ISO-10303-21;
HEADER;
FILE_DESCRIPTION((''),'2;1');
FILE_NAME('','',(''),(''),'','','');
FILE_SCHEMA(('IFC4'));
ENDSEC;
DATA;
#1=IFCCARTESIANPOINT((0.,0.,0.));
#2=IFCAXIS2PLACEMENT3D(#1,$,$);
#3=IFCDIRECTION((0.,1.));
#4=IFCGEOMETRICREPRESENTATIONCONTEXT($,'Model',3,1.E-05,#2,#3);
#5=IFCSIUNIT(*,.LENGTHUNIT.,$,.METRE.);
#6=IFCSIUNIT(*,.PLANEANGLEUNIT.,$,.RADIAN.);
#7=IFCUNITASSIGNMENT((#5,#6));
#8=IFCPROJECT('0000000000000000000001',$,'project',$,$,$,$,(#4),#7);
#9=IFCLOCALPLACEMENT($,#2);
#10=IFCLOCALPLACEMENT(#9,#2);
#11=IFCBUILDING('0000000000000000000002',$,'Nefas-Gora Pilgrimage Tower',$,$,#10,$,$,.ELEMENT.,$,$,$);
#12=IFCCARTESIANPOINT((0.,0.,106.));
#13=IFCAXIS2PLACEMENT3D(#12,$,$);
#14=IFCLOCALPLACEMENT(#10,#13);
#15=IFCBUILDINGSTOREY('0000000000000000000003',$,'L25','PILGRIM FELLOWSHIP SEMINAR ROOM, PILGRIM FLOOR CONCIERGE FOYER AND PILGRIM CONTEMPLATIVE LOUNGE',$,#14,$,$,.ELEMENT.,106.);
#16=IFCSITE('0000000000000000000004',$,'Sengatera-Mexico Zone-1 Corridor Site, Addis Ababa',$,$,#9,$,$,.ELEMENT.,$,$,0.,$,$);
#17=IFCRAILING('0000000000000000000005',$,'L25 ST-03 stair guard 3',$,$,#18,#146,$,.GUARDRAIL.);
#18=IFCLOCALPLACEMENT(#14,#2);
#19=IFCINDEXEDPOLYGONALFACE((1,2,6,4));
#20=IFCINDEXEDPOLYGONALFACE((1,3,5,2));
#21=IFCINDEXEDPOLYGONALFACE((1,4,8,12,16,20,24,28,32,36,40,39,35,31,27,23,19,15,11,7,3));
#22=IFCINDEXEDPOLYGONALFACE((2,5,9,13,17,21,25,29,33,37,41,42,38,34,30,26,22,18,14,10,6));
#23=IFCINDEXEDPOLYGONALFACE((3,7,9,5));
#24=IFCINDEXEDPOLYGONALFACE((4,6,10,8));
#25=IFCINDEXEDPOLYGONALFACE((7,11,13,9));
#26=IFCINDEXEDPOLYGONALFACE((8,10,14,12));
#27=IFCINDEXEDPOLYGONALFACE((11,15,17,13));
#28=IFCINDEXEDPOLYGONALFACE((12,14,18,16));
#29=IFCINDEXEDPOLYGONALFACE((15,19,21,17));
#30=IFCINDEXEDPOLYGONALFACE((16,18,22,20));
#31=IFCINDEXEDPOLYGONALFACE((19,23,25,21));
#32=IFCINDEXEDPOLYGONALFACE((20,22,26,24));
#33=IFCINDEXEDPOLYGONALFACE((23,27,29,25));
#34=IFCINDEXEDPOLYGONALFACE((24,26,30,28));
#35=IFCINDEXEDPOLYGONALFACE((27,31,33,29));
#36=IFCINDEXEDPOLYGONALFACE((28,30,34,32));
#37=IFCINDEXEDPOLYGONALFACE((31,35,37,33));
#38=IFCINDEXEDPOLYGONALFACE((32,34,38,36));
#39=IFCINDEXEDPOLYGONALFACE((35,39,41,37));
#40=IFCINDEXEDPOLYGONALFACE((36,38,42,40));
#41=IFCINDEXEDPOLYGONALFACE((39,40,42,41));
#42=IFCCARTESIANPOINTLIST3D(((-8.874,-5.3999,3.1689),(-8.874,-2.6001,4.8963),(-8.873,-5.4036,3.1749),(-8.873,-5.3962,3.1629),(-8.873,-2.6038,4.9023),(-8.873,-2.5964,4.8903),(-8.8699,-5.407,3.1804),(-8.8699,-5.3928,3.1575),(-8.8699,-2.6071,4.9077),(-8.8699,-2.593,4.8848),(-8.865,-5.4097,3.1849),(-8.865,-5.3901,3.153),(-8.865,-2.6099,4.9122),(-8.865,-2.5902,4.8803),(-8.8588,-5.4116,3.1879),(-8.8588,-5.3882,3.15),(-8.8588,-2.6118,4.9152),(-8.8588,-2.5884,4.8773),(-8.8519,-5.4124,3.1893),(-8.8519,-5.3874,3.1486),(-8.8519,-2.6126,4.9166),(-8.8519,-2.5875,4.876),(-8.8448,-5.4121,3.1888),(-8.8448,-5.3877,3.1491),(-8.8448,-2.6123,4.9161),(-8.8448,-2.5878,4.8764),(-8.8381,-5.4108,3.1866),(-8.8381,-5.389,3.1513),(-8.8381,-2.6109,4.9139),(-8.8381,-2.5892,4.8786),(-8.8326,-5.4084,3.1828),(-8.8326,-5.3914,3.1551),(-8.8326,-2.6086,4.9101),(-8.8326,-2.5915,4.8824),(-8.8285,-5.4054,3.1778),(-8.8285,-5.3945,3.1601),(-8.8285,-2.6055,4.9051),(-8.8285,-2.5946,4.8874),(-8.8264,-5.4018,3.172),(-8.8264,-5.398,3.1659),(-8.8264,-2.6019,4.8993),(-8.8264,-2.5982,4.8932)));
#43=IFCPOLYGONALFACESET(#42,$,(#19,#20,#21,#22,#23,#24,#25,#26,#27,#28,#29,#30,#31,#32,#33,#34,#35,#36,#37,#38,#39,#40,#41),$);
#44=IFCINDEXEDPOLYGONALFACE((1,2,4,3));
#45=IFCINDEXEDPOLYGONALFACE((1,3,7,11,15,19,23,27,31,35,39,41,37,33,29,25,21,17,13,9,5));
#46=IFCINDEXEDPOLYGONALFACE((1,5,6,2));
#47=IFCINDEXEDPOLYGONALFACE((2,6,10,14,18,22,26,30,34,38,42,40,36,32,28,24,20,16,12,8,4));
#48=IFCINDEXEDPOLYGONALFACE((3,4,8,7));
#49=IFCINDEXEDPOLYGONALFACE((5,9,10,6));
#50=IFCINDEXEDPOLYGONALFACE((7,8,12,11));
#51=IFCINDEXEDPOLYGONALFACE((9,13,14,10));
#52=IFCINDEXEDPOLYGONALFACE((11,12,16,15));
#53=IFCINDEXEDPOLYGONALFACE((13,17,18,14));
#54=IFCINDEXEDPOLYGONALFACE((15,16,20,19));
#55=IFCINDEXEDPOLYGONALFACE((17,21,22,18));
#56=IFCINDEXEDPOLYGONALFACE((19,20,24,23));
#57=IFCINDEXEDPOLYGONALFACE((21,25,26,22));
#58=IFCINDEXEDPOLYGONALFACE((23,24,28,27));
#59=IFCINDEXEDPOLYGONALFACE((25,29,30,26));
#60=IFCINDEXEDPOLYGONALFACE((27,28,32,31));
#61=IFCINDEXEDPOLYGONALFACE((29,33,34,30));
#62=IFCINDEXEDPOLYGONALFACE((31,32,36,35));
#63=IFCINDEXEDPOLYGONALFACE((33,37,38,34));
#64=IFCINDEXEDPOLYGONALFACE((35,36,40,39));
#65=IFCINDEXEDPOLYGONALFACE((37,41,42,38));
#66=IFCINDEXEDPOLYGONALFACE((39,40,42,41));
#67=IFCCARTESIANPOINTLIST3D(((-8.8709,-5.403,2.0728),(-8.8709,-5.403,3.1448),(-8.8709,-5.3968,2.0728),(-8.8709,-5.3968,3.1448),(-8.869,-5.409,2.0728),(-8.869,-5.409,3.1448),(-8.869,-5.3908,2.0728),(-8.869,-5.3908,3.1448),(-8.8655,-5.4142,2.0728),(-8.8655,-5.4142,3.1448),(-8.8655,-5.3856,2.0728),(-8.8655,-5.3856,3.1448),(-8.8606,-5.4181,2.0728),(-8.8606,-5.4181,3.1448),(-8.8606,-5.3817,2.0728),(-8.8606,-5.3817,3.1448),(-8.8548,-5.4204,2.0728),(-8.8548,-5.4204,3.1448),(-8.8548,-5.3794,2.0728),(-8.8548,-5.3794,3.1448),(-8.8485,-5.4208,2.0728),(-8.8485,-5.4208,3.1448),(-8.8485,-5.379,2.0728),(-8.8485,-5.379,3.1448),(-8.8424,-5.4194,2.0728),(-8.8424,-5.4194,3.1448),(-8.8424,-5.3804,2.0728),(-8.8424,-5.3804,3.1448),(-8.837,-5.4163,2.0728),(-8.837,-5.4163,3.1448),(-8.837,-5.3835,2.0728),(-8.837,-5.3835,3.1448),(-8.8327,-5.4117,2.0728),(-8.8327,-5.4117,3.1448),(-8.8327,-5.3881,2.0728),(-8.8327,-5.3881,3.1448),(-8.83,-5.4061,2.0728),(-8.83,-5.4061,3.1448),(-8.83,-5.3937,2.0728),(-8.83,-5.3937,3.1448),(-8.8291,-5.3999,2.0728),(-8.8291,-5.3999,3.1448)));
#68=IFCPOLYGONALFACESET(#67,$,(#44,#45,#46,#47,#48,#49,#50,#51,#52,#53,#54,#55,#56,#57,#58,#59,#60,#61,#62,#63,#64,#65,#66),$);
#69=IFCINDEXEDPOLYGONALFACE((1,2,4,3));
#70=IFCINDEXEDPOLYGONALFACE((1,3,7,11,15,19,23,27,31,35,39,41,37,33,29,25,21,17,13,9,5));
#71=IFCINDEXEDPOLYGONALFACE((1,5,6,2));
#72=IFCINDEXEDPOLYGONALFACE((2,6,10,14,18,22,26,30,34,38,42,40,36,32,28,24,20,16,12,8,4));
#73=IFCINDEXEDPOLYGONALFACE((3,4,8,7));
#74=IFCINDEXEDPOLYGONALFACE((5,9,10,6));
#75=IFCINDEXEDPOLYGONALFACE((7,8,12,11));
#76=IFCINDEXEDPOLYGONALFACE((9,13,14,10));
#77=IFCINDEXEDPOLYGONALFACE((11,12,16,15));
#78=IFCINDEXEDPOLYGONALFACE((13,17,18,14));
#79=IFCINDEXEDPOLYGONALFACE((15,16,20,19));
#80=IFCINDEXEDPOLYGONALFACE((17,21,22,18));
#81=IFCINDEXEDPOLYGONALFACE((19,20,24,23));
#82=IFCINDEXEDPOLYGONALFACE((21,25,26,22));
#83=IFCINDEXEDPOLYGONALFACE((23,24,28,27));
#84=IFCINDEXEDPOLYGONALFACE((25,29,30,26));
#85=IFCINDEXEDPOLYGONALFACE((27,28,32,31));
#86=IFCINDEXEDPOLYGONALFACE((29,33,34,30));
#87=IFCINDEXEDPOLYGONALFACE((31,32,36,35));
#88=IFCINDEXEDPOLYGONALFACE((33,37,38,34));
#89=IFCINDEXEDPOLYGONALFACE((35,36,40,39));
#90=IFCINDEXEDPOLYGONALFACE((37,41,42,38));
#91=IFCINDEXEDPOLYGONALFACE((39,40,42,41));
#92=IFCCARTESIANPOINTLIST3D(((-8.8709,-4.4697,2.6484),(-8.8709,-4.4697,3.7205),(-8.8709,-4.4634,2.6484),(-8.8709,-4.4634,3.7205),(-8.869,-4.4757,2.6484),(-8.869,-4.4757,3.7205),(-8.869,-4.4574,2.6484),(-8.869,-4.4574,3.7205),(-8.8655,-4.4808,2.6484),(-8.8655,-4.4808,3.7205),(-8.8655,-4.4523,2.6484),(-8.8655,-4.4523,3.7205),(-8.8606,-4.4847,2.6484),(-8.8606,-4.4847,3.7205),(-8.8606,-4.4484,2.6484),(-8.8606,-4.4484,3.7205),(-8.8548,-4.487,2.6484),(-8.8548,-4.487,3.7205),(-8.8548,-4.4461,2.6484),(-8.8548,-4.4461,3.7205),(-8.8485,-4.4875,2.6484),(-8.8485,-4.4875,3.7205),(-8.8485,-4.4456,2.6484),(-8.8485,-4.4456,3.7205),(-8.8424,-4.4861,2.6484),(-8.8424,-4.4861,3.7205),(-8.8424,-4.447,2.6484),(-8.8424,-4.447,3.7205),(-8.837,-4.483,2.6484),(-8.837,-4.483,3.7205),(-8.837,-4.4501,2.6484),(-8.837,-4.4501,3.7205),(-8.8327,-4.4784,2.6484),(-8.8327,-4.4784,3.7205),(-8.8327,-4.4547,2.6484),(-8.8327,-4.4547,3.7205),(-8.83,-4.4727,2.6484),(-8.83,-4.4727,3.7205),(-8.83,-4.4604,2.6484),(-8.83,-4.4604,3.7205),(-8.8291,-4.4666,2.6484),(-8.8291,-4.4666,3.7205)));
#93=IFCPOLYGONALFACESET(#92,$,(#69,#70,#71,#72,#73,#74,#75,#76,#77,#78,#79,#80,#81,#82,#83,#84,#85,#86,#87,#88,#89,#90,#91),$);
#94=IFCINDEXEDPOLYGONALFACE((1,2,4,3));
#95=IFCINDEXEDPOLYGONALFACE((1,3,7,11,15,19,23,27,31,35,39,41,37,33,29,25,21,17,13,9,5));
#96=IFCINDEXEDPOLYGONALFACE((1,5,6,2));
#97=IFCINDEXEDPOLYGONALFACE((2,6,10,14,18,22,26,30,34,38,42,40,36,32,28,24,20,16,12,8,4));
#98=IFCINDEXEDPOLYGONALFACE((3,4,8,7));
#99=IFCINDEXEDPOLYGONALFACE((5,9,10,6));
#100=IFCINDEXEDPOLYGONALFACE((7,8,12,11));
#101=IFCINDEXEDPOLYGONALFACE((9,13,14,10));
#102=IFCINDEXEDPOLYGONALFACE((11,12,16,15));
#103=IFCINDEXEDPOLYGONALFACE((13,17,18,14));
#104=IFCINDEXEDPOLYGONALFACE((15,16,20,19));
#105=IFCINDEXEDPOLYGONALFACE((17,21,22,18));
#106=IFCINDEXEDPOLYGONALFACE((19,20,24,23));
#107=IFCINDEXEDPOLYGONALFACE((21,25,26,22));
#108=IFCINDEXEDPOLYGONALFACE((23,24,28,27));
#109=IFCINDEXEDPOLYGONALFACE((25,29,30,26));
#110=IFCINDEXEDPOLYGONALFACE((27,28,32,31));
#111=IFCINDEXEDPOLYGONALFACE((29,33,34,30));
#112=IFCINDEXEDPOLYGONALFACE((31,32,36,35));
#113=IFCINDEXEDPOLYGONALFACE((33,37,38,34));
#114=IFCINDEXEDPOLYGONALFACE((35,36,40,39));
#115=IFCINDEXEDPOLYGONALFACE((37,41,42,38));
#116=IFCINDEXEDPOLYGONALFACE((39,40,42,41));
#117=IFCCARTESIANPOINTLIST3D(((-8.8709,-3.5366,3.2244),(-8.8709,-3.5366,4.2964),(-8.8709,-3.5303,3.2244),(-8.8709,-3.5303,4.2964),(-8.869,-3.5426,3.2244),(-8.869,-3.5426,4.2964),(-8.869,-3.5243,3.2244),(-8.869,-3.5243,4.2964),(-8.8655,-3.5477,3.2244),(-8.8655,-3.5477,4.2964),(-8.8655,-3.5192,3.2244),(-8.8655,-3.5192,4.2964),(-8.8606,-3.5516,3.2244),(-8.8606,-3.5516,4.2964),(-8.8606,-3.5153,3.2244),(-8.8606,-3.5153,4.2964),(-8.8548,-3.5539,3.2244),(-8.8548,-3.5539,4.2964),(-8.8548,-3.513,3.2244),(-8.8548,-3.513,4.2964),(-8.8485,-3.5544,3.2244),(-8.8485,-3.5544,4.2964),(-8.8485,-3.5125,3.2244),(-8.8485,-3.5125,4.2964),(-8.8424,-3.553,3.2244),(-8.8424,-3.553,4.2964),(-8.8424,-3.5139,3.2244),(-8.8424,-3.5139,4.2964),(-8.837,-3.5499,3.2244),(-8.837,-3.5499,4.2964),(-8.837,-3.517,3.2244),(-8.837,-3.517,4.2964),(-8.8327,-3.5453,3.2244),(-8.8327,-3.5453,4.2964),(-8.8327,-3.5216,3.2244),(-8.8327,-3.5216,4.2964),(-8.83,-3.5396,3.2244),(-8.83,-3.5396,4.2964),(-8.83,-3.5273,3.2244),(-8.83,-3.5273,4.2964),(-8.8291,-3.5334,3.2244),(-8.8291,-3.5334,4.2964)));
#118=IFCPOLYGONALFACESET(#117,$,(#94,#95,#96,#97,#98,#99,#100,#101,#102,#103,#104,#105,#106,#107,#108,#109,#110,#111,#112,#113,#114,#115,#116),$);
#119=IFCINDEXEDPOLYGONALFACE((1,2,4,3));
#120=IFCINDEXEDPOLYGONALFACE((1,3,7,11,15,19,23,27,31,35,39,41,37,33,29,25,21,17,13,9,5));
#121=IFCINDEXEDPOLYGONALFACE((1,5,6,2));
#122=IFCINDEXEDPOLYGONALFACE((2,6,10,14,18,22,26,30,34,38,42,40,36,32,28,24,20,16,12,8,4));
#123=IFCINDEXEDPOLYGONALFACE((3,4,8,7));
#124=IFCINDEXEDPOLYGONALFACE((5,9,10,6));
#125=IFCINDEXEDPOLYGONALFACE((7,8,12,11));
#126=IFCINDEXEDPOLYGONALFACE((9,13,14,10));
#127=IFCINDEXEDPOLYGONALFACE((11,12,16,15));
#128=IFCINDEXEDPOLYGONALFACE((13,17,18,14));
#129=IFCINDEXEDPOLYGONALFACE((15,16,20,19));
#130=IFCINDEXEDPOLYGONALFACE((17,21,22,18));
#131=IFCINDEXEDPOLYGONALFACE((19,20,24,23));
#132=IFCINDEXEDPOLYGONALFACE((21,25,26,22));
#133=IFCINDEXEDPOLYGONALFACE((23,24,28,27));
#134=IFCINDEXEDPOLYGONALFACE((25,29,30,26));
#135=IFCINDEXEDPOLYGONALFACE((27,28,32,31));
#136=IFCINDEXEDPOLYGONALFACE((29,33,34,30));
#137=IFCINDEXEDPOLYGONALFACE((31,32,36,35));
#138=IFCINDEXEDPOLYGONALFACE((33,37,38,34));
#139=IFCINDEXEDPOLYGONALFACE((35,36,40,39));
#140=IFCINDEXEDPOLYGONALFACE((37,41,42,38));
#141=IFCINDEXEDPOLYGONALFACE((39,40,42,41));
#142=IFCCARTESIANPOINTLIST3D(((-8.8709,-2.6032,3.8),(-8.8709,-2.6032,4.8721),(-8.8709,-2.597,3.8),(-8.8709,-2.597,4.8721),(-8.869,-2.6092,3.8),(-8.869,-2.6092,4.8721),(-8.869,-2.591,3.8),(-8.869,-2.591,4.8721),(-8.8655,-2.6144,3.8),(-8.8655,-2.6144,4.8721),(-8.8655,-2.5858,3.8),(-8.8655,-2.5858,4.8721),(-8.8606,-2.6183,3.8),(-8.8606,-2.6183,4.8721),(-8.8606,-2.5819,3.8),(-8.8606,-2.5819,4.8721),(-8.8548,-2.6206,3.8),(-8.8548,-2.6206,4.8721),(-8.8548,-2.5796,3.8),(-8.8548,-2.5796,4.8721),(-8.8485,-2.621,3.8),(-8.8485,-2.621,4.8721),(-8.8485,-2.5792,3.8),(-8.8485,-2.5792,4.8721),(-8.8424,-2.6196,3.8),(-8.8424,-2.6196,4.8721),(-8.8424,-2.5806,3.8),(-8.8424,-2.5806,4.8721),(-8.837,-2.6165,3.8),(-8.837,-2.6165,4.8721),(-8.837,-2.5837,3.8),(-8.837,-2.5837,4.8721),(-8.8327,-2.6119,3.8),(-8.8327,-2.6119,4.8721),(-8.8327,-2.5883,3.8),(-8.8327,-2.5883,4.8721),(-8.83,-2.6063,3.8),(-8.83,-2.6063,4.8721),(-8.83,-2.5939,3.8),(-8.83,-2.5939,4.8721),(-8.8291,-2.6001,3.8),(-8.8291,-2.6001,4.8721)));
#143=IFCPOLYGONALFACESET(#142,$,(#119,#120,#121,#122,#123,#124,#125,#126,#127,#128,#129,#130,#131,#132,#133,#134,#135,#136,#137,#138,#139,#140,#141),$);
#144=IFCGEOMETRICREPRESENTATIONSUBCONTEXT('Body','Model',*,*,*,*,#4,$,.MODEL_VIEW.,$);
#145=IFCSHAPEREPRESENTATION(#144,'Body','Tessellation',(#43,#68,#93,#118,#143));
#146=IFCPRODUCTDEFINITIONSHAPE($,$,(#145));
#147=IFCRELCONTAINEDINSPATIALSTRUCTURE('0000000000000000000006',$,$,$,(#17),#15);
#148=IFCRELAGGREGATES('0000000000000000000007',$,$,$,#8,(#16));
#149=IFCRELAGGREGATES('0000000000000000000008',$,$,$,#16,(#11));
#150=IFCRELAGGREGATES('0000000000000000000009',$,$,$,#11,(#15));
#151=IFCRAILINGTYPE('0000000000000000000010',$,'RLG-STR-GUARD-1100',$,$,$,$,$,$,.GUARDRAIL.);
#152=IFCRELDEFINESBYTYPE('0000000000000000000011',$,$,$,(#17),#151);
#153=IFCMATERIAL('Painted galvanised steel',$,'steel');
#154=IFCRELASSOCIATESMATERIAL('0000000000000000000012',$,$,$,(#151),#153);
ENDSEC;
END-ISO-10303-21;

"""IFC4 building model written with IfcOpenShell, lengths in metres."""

from ifc_helpers import new_model, si_unit, direction, frame, origin, origin_2d, place, context, subcontext, project, spatial, circle, extrude, material, type_object, element, save


model = new_model("IFC4")

# Units and contexts
model_context = context("Model", 3, precision=1e-05, world=origin(), true_north=direction((0.0, 1.0)))
body_context = subcontext(model_context, "Body", "Model", "MODEL_VIEW")
ifc_project = project(units=[si_unit("LENGTHUNIT", "METRE"), si_unit("PLANEANGLEUNIT", "RADIAN")], contexts=[model_context])

# Site, building, storey
site_placement = place(None, origin())
site = spatial("IfcSite", under=ifc_project, at=site_placement, Name="Sengatera-Mexico Zone-1 Corridor Site, Addis Ababa", CompositionType="ELEMENT", RefElevation=0.0)
building_placement = place(site_placement, origin())
building = spatial("IfcBuilding", under=site, at=building_placement, Name="Nefas-Gora Pilgrimage Tower", CompositionType="ELEMENT")
storey_placement = place(building_placement, frame((0.0, 0.0, 106.0)))
storey = spatial("IfcBuildingStorey", under=building, at=storey_placement, Name="L25", Description="PILGRIM FELLOWSHIP SEMINAR ROOM, PILGRIM FLOOR CONCIERGE FOYER AND PILGRIM CONTEMPLATIVE LOUNGE", CompositionType="ELEMENT", Elevation=106.0)

# Railing
ifc_material_1 = material(Name="Painted galvanised steel", Category="steel")
railing_type_1 = type_object("IfcRailingType", Name="RLG-STR-GUARD-1100", PredefinedType="GUARDRAIL", material=ifc_material_1)
railing_1_placement = place(storey_placement, frame((-8.8501, -5.3999, 2.0728)))
element("IfcRailing", 1, at=railing_1_placement, inside=storey, type_object=railing_type_1, Name="L25 ST-03 stair guard 3", PredefinedType="GUARDRAIL", context=body_context, shape_type="SweptSolid", body=[
    extrude(circle(Radius=0.0239, at=origin_2d()), frame((0.0, 0.0, 1.0962), z_axis=(0.0, 0.851069, 0.525054), x_axis=(-1.0, 0.0, 0.0)), (0.0, 0.0, 1.0), 3.2898),
    extrude(circle(Radius=0.021, at=origin_2d()), origin(), (0.0, 0.0, 1.0), 1.072),
    extrude(circle(Radius=0.021, at=origin_2d()), frame((0.0, 0.9333, 0.5757)), (0.0, 0.0, 1.0), 1.072),
    extrude(circle(Radius=0.021, at=origin_2d()), frame((0.0, 1.8665, 1.1516)), (0.0, 0.0, 1.0), 1.072),
    extrude(circle(Radius=0.021, at=origin_2d()), frame((0.0, 2.7998, 1.7273)), (0.0, 0.0, 1.0), 1.072),
])

save(model, "model.ifc")
